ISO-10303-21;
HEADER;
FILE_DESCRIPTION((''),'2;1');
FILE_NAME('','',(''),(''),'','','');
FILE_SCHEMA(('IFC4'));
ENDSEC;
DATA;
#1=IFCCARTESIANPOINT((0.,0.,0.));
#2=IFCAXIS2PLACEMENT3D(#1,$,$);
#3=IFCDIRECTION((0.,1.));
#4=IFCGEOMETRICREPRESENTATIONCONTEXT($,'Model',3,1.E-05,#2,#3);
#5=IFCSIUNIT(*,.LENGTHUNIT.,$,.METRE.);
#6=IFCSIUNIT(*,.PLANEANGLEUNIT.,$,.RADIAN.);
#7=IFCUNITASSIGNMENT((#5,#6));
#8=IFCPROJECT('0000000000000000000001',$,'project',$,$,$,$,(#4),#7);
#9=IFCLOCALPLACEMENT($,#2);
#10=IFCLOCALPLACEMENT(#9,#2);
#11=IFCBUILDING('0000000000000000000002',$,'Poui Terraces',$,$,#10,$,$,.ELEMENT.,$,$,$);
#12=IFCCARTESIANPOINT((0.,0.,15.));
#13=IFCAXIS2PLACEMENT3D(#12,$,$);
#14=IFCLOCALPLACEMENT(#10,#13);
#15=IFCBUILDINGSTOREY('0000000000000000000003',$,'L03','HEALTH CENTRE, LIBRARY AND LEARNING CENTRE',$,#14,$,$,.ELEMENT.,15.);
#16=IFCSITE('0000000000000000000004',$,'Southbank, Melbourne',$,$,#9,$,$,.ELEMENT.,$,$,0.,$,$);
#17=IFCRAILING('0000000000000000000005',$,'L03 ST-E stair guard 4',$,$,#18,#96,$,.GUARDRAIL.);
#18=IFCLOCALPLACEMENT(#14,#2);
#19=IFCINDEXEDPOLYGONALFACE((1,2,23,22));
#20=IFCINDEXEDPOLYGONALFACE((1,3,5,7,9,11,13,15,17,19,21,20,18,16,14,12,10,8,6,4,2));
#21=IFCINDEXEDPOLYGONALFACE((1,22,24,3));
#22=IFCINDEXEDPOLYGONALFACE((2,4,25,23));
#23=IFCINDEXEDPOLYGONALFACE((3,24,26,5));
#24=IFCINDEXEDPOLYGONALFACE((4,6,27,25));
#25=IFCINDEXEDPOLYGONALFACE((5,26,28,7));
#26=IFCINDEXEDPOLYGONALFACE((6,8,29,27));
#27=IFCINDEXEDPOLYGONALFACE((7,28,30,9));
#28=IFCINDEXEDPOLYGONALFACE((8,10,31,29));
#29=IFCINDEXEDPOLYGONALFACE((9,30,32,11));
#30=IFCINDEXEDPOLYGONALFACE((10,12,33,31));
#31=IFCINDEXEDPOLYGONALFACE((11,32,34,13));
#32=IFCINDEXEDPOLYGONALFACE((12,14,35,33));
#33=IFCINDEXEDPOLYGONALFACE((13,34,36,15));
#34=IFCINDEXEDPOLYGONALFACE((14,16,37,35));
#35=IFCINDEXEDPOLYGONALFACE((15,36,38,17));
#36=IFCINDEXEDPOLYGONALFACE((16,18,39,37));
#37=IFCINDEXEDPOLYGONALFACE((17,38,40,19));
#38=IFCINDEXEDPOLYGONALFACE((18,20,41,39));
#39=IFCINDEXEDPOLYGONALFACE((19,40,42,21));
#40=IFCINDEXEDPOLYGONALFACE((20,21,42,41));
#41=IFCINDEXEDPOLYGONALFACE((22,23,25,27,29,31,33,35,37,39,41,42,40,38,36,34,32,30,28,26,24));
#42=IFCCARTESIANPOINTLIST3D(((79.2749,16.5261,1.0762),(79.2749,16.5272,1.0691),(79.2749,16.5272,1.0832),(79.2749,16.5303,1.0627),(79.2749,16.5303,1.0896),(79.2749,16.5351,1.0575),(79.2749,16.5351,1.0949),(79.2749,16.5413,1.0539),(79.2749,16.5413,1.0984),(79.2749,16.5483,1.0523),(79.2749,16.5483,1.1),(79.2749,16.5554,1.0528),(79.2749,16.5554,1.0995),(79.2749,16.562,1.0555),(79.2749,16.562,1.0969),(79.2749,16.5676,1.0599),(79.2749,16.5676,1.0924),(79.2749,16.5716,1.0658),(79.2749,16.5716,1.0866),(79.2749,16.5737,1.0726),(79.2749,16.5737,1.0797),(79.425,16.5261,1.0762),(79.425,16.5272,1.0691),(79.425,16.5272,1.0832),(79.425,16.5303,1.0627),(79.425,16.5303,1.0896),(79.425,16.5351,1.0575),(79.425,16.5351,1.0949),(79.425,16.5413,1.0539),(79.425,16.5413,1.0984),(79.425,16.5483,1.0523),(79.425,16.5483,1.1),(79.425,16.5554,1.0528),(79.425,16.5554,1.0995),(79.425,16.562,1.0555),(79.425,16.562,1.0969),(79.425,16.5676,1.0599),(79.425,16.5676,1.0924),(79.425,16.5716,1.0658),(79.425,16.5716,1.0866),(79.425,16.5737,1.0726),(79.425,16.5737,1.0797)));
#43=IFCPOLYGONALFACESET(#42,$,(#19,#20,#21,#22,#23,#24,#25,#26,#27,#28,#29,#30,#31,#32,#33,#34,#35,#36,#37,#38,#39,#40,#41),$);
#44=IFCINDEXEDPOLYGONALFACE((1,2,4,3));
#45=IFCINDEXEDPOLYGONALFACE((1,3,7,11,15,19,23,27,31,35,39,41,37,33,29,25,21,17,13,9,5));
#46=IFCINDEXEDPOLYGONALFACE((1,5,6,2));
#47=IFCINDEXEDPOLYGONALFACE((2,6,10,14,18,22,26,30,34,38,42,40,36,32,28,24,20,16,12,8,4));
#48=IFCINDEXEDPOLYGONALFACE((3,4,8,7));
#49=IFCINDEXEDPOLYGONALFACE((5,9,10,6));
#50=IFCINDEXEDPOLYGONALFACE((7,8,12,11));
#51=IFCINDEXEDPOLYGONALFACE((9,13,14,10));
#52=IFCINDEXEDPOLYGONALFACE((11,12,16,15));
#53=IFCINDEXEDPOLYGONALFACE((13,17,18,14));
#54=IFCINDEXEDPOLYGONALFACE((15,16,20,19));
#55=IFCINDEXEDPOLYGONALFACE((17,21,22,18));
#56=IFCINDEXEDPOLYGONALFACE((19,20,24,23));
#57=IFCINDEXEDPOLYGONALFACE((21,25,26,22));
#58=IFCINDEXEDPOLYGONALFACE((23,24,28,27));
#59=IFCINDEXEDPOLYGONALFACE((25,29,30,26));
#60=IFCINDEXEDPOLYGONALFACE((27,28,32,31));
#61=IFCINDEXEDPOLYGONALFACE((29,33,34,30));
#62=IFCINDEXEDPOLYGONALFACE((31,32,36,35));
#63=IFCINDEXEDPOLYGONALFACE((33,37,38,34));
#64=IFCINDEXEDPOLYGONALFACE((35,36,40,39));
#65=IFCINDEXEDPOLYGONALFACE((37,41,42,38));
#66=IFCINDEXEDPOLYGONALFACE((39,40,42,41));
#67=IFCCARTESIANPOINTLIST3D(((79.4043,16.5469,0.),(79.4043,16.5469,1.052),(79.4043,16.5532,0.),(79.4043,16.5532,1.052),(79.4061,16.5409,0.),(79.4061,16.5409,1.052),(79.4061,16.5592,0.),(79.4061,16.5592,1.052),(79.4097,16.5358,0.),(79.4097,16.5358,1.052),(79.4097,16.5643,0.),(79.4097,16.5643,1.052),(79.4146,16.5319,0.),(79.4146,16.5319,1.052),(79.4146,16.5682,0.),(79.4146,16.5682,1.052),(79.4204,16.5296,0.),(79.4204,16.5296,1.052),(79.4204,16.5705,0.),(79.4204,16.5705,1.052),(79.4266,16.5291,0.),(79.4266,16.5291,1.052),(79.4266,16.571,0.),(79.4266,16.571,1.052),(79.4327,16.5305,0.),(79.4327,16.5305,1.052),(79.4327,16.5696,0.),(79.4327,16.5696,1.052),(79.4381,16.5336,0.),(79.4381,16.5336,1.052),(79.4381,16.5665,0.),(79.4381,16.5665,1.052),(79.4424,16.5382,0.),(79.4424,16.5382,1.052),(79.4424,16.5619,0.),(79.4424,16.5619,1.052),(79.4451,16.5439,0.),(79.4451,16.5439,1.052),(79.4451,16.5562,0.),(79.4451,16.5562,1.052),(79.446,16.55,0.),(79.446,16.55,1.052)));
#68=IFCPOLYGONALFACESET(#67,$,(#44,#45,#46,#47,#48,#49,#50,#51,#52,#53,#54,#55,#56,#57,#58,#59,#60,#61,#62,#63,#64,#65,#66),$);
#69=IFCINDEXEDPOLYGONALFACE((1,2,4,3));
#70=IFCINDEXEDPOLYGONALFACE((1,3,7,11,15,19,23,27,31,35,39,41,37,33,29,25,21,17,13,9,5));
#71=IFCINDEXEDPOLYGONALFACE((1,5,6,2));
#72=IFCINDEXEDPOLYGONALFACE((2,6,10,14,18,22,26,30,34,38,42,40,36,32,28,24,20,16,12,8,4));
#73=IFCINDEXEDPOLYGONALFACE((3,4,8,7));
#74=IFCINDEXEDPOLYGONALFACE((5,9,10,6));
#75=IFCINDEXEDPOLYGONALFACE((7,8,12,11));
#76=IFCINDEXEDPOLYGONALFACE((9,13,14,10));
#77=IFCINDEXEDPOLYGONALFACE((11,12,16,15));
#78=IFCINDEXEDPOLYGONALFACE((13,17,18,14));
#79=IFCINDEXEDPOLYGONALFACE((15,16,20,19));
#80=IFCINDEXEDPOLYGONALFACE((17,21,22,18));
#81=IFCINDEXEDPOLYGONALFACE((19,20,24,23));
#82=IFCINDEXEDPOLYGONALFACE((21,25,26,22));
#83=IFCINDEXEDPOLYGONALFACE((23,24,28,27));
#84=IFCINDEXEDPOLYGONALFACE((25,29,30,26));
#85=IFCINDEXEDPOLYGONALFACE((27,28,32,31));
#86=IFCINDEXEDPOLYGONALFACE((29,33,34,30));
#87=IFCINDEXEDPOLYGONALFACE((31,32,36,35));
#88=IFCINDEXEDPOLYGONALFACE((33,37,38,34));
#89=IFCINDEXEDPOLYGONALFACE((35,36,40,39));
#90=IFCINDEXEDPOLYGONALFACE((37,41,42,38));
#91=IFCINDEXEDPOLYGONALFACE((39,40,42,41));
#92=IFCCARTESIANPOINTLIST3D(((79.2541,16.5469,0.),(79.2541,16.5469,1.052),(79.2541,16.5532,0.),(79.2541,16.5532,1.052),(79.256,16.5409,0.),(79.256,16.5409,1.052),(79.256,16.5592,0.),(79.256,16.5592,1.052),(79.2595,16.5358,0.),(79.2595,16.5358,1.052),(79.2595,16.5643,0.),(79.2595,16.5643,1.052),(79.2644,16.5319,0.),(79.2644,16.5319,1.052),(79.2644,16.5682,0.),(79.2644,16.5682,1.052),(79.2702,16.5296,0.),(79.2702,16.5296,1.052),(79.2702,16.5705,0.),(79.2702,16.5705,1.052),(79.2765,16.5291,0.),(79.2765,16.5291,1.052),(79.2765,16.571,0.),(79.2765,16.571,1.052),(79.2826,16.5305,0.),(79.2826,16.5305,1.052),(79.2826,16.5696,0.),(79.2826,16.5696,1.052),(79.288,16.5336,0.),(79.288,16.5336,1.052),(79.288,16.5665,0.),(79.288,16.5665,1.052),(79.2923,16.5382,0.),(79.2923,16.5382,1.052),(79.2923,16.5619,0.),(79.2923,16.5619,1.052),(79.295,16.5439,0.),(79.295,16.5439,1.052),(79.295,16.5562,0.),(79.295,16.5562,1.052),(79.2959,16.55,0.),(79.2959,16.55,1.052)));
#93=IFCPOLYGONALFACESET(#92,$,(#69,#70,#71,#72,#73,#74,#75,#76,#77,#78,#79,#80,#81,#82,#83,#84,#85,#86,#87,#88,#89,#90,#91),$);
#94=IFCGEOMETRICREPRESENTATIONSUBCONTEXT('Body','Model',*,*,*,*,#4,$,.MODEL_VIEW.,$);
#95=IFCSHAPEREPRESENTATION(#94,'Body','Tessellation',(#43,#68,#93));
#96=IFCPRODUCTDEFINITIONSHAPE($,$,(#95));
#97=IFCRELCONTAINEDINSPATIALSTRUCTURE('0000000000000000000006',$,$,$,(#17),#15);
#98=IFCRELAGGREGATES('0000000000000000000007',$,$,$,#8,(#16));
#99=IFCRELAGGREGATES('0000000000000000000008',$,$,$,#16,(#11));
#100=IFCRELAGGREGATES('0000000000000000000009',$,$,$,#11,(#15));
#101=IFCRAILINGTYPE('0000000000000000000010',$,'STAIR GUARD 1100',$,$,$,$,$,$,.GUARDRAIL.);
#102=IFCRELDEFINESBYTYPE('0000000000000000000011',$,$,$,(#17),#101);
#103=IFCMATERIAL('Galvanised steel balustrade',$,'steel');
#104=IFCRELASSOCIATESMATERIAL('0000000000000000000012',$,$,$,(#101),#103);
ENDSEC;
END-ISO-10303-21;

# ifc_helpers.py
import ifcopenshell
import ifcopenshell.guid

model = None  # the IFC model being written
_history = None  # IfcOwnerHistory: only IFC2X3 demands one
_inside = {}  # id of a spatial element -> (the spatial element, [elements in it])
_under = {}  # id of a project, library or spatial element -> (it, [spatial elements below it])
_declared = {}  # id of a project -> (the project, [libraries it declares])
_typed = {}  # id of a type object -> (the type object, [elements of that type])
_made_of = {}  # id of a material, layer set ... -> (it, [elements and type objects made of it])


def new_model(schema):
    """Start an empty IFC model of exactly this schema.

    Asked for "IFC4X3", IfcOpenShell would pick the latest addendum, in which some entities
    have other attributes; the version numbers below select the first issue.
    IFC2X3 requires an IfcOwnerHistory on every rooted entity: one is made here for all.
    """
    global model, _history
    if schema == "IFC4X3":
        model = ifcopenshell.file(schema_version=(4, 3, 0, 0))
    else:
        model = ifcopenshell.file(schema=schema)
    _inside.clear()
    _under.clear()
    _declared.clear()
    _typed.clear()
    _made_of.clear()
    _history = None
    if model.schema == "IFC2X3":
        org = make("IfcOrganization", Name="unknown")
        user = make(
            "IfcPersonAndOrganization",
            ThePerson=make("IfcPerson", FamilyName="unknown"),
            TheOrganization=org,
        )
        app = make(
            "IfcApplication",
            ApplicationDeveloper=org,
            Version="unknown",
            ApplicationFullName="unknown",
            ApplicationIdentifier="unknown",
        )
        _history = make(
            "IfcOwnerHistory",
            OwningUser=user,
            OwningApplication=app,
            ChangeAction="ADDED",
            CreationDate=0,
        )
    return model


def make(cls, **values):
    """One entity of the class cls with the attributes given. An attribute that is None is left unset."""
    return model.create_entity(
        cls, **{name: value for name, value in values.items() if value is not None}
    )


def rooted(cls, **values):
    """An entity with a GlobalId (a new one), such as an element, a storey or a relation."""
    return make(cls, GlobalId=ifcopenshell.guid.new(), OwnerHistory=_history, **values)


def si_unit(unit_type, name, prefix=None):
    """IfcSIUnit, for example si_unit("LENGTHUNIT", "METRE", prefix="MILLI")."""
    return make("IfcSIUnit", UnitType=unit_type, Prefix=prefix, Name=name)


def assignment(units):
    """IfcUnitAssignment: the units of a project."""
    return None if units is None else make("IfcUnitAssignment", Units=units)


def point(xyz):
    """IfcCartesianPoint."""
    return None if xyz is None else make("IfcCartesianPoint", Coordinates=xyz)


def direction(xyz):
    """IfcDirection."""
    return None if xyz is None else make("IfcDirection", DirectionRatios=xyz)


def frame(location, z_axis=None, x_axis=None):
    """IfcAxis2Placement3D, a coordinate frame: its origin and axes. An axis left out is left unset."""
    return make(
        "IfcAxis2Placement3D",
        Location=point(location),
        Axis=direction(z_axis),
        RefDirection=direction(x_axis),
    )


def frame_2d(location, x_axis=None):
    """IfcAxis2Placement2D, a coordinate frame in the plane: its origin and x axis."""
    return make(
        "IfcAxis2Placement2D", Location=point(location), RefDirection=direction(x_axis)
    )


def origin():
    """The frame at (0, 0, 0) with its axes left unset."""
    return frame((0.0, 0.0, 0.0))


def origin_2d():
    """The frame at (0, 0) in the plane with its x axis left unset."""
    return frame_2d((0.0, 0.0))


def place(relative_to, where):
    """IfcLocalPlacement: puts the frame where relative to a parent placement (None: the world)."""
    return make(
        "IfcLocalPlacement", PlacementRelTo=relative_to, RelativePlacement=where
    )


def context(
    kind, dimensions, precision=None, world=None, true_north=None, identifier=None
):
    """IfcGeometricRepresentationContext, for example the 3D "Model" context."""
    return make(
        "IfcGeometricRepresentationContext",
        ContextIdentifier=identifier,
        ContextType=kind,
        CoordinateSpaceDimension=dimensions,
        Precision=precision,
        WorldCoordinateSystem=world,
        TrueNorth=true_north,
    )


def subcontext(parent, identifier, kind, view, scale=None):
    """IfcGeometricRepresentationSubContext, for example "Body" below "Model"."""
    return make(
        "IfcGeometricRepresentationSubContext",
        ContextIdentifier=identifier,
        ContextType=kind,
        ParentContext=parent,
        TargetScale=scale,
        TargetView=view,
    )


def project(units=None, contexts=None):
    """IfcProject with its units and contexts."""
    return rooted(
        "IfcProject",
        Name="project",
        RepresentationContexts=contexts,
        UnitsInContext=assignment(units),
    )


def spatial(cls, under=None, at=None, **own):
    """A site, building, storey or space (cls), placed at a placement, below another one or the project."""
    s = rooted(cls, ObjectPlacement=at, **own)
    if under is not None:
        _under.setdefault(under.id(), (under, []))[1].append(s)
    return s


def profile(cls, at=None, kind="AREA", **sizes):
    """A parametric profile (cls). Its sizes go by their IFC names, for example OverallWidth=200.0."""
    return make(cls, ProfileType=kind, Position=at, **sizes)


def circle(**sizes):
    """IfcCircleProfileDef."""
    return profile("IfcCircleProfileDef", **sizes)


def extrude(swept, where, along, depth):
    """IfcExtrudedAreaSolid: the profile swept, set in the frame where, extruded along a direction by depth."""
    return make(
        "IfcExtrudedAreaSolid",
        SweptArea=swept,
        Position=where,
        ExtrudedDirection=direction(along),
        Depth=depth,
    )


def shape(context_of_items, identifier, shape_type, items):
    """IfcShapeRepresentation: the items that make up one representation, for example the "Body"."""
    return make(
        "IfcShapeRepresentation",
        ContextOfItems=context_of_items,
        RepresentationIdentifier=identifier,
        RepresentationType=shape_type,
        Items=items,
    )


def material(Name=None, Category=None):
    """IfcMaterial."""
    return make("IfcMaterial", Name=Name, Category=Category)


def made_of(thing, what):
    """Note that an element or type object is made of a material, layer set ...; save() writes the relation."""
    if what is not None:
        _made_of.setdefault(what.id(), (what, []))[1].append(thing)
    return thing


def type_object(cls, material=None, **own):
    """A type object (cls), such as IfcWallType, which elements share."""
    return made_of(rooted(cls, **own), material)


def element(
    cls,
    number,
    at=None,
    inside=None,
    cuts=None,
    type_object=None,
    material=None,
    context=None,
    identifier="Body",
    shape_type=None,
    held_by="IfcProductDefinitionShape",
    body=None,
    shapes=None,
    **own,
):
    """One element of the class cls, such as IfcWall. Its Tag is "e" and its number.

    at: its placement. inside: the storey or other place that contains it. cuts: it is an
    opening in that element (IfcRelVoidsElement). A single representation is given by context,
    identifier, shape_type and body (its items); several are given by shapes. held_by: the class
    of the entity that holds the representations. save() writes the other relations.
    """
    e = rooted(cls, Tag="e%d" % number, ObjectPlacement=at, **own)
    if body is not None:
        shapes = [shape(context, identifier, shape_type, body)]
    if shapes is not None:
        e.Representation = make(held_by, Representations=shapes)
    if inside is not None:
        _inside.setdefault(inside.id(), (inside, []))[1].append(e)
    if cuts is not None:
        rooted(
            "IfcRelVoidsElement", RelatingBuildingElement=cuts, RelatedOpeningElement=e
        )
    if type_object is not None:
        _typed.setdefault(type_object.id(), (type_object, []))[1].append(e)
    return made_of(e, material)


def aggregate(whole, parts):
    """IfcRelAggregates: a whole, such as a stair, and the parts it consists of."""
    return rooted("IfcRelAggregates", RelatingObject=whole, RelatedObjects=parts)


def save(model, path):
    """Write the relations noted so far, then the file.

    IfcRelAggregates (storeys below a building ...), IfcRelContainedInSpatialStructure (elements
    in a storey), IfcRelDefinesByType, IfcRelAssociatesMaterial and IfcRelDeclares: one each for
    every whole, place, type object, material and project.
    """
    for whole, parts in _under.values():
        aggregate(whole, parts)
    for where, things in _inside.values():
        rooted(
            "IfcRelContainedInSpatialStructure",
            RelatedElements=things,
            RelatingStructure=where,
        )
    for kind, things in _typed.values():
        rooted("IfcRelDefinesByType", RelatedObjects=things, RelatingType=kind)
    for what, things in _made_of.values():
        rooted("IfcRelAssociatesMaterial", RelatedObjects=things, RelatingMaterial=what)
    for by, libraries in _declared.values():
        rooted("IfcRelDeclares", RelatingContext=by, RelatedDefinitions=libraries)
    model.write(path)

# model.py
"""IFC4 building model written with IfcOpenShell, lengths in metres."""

from ifc_helpers import new_model, si_unit, direction, frame, origin, origin_2d, place, context, subcontext, project, spatial, circle, extrude, material, type_object, element, save


model = new_model("IFC4")

# Units and contexts
model_context = context("Model", 3, precision=1e-05, world=origin(), true_north=direction((0.0, 1.0)))
body_context = subcontext(model_context, "Body", "Model", "MODEL_VIEW")
ifc_project = project(units=[si_unit("LENGTHUNIT", "METRE"), si_unit("PLANEANGLEUNIT", "RADIAN")], contexts=[model_context])

# Site, building, storey
site_placement = place(None, origin())
site = spatial("IfcSite", under=ifc_project, at=site_placement, Name="Southbank, Melbourne", CompositionType="ELEMENT", RefElevation=0.0)
building_placement = place(site_placement, origin())
building = spatial("IfcBuilding", under=site, at=building_placement, Name="Poui Terraces", CompositionType="ELEMENT")
storey_placement = place(building_placement, frame((0.0, 0.0, 15.0)))
storey = spatial("IfcBuildingStorey", under=building, at=storey_placement, Name="L03", Description="HEALTH CENTRE, LIBRARY AND LEARNING CENTRE", CompositionType="ELEMENT", Elevation=15.0)

# Railing
ifc_material_1 = material(Name="Galvanised steel balustrade", Category="steel")
railing_type_1 = type_object("IfcRailingType", Name="STAIR GUARD 1100", PredefinedType="GUARDRAIL", material=ifc_material_1)
railing_1_placement = place(storey_placement, frame((79.425, 16.55, 0.0)))
element("IfcRailing", 1, at=railing_1_placement, inside=storey, type_object=railing_type_1, Name="L03 ST-E stair guard 4", PredefinedType="GUARDRAIL", context=body_context, shape_type="SweptSolid", body=[
    extrude(circle(Radius=0.0239, at=origin_2d()), frame((0.0, 0.0, 1.0762), z_axis=(-1.0, 0.0, 0.0), x_axis=(0.0, -1.0, 0.0)), (0.0, 0.0, 1.0), 0.1501),
    extrude(circle(Radius=0.021, at=origin_2d()), origin(), (0.0, 0.0, 1.0), 1.052),
    extrude(circle(Radius=0.021, at=origin_2d()), frame((-0.1501, 0.0, 0.0)), (0.0, 0.0, 1.0), 1.052),
])

save(model, "model.ifc")
